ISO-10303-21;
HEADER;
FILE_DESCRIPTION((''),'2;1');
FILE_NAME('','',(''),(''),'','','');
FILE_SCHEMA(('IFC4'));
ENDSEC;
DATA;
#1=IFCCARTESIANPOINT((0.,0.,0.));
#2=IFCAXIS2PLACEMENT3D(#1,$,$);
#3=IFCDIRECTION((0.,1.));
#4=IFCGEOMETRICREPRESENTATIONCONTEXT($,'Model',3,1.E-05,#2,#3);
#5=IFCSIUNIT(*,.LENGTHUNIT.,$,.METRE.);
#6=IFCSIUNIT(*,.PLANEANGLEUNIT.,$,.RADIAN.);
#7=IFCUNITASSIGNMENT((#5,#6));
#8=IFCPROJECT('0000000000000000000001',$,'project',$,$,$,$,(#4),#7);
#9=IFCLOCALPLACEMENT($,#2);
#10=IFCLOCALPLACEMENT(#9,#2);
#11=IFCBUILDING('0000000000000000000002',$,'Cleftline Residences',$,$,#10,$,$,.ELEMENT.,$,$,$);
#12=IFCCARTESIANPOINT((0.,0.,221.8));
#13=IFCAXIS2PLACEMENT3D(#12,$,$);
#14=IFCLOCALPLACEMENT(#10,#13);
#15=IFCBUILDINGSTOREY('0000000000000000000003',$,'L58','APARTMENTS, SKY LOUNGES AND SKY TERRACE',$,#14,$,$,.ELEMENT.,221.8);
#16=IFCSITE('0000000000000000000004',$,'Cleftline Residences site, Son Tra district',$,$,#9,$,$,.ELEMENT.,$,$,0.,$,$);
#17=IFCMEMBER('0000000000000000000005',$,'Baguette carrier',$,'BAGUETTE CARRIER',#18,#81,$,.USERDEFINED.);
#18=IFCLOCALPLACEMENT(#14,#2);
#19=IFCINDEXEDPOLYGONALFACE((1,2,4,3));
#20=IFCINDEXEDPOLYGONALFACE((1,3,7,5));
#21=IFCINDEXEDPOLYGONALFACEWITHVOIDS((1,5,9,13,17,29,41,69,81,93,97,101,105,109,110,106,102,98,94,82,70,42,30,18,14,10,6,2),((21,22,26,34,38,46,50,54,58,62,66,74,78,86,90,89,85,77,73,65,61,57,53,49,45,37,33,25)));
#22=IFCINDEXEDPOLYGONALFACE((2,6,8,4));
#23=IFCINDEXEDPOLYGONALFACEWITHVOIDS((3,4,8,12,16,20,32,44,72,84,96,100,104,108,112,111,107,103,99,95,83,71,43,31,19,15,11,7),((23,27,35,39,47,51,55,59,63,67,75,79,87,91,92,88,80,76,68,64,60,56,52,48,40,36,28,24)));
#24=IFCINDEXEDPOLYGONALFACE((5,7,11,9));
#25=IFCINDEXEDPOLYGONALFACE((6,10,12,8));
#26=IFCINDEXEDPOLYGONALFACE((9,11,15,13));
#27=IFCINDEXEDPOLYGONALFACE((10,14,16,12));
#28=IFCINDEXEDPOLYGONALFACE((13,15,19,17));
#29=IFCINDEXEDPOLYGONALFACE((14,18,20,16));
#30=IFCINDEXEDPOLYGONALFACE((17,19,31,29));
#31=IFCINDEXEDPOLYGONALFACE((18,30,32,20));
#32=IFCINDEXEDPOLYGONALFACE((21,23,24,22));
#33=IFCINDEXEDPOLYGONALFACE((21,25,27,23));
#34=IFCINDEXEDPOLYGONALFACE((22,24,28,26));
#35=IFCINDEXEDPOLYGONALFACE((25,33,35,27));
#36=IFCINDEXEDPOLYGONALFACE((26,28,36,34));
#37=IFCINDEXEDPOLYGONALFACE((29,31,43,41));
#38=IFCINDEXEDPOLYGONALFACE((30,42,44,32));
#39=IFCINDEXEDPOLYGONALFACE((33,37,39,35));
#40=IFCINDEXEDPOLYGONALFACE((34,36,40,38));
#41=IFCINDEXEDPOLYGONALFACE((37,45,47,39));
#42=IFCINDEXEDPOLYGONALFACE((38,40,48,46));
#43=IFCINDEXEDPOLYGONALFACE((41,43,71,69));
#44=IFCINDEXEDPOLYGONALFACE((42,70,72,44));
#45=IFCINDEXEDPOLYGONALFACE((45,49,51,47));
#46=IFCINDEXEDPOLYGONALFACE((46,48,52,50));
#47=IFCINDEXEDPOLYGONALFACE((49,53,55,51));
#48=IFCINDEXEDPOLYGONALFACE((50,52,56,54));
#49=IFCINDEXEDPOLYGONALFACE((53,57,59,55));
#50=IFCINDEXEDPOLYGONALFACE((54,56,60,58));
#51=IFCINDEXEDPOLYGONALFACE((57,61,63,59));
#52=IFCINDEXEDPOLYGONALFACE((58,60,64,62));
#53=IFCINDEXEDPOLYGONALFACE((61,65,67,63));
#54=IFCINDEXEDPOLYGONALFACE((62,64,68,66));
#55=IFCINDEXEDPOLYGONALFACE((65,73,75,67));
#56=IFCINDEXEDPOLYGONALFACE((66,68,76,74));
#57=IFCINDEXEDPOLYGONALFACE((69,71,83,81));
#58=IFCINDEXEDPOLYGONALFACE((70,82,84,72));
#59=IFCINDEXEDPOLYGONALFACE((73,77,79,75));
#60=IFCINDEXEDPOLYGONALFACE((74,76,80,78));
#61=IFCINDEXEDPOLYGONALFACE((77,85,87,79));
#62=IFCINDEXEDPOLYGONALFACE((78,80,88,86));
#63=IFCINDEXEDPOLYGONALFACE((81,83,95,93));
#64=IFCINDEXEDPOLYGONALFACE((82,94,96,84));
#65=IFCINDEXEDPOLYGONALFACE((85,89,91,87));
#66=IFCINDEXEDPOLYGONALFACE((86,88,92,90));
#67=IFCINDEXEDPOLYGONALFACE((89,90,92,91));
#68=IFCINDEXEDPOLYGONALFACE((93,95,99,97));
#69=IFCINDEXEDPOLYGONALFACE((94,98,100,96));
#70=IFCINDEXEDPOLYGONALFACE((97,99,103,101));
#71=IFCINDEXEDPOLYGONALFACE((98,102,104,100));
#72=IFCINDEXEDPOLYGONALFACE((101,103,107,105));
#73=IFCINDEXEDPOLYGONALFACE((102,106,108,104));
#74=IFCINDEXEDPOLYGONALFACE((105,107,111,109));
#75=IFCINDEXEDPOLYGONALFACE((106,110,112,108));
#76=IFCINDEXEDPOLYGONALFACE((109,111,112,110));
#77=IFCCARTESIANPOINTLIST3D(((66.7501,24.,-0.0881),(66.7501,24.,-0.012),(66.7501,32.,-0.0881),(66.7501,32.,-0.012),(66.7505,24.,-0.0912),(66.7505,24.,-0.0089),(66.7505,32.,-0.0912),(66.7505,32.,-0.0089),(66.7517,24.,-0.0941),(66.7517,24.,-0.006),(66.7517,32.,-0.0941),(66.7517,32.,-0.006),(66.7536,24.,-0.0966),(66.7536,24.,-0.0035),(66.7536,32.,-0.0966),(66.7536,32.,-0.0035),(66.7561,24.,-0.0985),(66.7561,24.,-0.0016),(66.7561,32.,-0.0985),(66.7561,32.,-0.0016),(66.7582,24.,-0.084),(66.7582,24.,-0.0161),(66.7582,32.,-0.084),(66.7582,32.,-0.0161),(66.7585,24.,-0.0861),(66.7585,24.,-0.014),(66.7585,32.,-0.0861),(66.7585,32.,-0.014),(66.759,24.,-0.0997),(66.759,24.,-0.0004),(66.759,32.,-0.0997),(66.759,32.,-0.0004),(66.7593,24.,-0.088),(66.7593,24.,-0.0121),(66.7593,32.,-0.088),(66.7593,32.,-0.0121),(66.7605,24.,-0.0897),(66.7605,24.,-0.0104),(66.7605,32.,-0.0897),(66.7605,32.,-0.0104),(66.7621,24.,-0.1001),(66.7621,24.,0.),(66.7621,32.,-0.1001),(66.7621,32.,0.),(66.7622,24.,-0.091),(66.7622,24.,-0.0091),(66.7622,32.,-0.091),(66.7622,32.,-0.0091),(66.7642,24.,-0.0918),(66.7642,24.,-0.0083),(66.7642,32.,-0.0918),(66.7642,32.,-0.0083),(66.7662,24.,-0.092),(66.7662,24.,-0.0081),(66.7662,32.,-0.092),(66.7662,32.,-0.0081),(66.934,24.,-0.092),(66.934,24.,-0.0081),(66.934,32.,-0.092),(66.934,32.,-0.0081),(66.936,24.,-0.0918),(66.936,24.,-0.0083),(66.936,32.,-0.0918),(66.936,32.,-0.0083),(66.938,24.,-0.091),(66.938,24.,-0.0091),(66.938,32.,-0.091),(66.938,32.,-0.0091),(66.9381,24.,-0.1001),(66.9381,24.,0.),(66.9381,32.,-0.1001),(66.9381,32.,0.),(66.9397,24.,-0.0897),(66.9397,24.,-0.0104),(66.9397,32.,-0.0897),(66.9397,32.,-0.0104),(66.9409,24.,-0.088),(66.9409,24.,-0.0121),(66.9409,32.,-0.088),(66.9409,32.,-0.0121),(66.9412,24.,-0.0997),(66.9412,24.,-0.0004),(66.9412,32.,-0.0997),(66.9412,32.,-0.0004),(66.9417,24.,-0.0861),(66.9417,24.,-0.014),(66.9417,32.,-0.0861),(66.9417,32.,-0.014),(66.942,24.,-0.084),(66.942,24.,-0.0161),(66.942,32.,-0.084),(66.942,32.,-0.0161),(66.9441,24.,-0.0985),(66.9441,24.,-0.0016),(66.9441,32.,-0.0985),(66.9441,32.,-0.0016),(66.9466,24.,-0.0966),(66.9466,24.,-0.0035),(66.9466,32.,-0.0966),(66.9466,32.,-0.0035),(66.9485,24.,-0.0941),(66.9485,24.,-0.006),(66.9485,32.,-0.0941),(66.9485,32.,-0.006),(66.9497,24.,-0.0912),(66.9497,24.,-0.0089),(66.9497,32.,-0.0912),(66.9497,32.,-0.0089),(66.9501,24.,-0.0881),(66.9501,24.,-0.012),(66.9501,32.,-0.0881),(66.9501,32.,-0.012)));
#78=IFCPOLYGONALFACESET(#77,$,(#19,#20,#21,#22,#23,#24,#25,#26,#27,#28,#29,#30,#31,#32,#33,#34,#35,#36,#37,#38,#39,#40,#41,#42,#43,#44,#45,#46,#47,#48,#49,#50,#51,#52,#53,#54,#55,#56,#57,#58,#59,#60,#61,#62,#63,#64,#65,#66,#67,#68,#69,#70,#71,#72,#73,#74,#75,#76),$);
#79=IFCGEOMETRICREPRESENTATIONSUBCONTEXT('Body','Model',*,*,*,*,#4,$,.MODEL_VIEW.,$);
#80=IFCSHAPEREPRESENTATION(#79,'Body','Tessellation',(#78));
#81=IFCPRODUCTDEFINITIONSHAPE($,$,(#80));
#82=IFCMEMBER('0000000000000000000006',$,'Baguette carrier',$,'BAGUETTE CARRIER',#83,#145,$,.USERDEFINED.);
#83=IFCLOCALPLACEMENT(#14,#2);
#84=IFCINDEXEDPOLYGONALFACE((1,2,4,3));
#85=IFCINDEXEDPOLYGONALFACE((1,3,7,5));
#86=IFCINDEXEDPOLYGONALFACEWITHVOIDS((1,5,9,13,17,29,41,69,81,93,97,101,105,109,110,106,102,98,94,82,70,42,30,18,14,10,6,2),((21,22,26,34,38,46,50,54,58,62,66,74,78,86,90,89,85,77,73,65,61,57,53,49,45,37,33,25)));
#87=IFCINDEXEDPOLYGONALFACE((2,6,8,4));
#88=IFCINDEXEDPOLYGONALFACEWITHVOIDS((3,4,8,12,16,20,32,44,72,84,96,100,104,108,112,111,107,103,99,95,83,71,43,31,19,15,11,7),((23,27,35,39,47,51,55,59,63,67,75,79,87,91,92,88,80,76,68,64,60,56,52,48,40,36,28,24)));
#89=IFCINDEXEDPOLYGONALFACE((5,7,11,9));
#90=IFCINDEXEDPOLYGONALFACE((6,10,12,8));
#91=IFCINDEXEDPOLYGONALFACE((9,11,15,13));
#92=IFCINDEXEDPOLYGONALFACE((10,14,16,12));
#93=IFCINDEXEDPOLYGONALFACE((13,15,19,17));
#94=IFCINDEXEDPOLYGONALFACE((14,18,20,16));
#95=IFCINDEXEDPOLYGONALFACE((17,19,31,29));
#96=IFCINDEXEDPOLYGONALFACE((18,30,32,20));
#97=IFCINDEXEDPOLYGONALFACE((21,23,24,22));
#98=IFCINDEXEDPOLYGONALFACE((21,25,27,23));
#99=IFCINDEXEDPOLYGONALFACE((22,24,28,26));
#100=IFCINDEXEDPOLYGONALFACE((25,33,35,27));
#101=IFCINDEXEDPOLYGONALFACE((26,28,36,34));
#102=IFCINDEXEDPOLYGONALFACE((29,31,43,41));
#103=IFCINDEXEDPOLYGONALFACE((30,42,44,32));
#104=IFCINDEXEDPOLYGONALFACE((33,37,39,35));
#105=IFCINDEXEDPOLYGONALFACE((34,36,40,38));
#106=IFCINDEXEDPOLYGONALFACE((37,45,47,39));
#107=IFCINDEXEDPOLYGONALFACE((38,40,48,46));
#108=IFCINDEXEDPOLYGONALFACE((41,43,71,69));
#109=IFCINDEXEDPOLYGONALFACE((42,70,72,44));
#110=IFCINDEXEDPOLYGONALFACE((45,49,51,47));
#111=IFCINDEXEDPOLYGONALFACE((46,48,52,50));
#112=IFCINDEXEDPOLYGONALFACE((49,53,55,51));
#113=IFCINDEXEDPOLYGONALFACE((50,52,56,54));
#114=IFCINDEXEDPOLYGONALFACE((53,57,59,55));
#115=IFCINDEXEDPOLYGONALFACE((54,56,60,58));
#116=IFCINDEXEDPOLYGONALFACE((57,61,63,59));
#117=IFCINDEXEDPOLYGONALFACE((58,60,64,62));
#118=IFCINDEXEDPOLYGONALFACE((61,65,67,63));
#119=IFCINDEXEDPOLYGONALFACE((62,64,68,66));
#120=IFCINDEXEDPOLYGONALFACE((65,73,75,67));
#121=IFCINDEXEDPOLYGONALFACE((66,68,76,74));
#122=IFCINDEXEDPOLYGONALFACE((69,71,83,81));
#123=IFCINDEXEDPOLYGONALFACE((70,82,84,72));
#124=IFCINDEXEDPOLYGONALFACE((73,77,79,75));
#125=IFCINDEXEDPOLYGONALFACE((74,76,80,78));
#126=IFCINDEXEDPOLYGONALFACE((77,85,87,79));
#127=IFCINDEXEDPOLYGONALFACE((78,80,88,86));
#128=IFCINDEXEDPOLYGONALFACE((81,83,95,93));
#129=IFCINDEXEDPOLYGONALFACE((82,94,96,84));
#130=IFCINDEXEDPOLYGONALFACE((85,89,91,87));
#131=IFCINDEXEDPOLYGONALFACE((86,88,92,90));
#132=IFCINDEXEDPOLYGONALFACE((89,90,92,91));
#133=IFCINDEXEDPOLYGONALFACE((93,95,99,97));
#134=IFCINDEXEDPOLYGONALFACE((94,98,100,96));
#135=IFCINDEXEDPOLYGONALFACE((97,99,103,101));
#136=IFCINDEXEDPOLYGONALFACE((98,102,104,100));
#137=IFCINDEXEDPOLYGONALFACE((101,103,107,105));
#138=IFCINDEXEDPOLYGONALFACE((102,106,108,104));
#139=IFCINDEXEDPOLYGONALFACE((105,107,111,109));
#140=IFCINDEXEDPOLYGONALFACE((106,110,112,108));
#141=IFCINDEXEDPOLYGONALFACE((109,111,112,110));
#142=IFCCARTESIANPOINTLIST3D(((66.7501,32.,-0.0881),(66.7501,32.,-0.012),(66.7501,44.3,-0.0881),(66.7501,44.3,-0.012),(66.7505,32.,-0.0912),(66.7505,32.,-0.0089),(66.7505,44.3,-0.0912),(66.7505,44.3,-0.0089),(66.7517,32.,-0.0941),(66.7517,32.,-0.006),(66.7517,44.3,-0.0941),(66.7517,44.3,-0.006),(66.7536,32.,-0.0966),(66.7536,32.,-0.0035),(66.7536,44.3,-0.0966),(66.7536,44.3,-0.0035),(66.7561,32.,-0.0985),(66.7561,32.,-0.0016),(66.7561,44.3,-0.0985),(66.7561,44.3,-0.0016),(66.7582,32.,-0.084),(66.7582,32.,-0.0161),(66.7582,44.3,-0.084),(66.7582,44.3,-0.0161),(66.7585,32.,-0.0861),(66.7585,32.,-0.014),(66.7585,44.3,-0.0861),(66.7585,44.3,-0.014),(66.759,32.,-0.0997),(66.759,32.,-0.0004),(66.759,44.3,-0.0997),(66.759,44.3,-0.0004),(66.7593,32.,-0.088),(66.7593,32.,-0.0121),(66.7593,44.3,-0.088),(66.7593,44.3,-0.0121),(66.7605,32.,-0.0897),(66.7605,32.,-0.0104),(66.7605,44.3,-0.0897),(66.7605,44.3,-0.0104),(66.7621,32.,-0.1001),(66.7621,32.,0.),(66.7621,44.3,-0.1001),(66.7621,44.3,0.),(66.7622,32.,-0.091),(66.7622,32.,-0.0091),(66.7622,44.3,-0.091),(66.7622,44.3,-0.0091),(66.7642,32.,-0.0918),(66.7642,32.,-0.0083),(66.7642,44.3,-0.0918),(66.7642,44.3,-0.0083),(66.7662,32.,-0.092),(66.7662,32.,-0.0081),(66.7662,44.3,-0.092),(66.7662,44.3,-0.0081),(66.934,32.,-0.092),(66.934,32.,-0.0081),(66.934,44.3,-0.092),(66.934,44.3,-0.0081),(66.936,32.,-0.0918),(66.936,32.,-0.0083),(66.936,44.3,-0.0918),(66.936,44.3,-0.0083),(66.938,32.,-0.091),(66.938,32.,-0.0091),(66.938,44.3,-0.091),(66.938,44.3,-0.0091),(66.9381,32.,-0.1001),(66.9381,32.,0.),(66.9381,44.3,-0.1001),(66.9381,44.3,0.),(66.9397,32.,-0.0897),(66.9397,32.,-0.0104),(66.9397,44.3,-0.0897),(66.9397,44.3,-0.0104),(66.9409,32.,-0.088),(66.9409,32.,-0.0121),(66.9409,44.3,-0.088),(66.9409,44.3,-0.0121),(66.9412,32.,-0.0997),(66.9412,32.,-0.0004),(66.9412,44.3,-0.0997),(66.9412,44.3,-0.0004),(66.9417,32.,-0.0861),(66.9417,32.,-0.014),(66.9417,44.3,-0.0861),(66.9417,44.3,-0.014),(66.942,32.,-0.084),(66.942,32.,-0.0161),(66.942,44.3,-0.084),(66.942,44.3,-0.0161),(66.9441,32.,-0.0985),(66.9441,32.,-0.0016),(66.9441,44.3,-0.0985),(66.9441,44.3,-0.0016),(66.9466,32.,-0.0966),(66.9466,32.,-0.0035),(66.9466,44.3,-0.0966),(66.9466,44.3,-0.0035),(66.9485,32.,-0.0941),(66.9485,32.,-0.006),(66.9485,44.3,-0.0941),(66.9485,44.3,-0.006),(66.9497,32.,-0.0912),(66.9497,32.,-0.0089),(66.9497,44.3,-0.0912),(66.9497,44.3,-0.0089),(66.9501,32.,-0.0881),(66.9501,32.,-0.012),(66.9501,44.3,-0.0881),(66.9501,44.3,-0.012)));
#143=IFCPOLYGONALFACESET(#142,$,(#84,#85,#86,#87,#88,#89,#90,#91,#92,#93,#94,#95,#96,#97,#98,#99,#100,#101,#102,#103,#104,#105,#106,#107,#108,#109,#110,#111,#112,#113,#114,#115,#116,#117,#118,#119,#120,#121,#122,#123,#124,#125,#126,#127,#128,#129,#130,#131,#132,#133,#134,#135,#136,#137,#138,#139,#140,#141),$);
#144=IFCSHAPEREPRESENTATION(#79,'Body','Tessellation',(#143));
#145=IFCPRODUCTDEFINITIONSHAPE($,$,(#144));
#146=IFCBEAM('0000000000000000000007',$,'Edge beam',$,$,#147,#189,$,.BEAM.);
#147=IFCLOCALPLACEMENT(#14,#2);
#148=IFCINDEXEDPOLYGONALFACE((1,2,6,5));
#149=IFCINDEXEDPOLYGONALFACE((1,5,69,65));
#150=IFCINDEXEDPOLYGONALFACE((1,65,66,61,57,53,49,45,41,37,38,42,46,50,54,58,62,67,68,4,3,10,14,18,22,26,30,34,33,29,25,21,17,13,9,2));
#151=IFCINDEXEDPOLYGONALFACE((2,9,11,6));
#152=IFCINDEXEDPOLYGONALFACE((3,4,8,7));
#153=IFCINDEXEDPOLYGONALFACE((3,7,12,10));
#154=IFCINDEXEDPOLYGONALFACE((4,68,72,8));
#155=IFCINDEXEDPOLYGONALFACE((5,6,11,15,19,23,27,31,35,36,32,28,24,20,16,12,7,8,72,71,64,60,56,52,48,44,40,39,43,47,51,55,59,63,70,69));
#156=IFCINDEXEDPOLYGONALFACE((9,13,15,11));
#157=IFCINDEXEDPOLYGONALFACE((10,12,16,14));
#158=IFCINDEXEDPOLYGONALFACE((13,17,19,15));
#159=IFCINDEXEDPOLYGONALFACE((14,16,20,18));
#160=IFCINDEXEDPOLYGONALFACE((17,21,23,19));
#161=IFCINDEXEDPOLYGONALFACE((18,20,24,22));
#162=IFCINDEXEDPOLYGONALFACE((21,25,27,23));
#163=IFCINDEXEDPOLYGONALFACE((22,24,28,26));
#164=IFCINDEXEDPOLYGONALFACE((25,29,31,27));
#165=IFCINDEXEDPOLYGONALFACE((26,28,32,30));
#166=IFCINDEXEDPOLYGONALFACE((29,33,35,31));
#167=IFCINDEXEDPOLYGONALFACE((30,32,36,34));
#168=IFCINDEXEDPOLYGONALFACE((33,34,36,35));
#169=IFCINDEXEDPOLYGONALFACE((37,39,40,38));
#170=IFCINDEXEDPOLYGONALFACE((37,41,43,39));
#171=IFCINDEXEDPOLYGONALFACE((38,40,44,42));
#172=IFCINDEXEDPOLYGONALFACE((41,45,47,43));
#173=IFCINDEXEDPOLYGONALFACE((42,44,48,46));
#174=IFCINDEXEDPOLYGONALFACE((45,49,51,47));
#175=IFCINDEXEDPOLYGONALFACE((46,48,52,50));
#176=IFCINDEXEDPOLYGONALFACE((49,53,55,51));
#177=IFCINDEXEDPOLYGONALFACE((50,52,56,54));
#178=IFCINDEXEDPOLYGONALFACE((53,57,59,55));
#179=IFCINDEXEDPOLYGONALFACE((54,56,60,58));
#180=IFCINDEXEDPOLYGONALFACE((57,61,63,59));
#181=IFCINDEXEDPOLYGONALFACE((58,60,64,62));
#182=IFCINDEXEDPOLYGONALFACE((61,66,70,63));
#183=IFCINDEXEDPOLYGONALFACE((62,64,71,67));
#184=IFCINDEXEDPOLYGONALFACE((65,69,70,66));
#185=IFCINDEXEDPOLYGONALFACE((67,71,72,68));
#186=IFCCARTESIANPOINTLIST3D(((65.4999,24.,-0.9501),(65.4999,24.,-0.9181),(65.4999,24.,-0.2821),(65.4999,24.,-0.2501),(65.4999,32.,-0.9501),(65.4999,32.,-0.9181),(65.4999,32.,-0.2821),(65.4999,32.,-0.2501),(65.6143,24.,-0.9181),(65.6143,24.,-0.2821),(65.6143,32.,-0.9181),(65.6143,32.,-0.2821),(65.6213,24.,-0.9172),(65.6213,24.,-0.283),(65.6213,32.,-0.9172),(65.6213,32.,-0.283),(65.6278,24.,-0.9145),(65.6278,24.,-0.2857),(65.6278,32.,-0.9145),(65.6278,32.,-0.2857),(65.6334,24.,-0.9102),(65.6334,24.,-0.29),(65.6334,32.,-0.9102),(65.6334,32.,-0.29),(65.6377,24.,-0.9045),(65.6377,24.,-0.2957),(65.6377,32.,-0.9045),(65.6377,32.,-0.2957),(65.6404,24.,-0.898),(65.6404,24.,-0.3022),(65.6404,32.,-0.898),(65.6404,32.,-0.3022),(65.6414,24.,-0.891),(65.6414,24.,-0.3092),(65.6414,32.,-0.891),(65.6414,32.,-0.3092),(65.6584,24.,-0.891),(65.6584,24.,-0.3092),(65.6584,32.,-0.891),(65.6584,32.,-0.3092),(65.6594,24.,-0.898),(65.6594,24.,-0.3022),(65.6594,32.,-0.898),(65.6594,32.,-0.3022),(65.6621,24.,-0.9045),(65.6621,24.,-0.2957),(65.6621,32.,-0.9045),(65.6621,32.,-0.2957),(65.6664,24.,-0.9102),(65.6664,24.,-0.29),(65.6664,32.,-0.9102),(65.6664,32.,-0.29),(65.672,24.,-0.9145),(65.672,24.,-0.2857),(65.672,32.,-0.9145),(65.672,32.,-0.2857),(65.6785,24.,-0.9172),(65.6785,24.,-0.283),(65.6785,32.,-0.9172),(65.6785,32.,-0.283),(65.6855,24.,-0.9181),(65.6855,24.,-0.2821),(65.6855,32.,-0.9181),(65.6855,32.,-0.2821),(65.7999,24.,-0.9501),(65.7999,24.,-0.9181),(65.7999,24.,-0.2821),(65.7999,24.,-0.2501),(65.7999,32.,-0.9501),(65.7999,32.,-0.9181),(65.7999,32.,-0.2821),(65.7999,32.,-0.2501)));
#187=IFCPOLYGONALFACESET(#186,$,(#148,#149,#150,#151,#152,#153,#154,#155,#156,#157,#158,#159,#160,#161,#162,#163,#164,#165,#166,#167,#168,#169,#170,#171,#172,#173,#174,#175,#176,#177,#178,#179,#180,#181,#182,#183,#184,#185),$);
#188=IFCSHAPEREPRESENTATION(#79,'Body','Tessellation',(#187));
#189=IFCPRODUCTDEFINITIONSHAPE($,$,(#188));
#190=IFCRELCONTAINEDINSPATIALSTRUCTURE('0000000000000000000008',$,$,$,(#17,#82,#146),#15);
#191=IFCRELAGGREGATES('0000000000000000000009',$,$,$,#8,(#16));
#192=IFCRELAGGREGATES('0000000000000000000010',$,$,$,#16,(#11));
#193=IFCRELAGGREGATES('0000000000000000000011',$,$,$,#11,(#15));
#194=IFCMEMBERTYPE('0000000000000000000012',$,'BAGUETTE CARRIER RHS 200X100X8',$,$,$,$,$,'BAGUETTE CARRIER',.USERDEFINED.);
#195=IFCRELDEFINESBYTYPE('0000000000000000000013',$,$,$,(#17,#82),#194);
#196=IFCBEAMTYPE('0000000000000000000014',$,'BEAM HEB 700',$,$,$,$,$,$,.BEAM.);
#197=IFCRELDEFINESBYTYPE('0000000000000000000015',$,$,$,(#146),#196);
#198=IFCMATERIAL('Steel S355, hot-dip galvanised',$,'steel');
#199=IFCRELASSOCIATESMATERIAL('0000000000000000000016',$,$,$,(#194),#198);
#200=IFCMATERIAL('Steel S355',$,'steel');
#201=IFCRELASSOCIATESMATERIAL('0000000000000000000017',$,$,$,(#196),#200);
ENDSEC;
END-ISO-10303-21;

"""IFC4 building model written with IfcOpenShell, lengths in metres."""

from ifc_helpers import new_model, si_unit, direction, frame, origin, origin_2d, place, context, subcontext, project, spatial, hollow_rectangle, i_section, extrude, material, material_profile, profile_set, type_object, element, save


model = new_model("IFC4")

# Units and contexts
model_context = context("Model", 3, precision=1e-05, world=origin(), true_north=direction((0.0, 1.0)))
body_context = subcontext(model_context, "Body", "Model", "MODEL_VIEW")
ifc_project = project(units=[si_unit("LENGTHUNIT", "METRE"), si_unit("PLANEANGLEUNIT", "RADIAN")], contexts=[model_context])

# Site, building, storey
site_placement = place(None, origin())
site = spatial("IfcSite", under=ifc_project, at=site_placement, Name="Cleftline Residences site, Son Tra district", CompositionType="ELEMENT", RefElevation=0.0)
building_placement = place(site_placement, origin())
building = spatial("IfcBuilding", under=site, at=building_placement, Name="Cleftline Residences", CompositionType="ELEMENT")
storey_placement = place(building_placement, frame((0.0, 0.0, 221.8)))
storey = spatial("IfcBuildingStorey", under=building, at=storey_placement, Name="L58", Description="APARTMENTS, SKY LOUNGES AND SKY TERRACE", CompositionType="ELEMENT", Elevation=221.8)

# Members
ifc_material_1 = material(Name="Steel S355, hot-dip galvanised", Category="steel")
ifc_material_profile_1 = material_profile(ifc_material_1, hollow_rectangle(XDim=0.1001, YDim=0.2, WallThickness=0.0081, InnerFilletRadius=0.0081, OuterFilletRadius=0.012, at=origin_2d()))
ifc_profile_set_1 = profile_set([ifc_material_profile_1], Name="Steel S355, hot-dip galvanised")
member_type_1 = type_object("IfcMemberType", Name="BAGUETTE CARRIER RHS 200X100X8", ElementType="BAGUETTE CARRIER", PredefinedType="USERDEFINED", material=ifc_profile_set_1)
member_1_placement = place(storey_placement, frame((66.8501, 24.0, -0.05), z_axis=(0.0, 1.0, 0.0), x_axis=(0.0, 0.0, 1.0)))
element("IfcMember", 1, at=member_1_placement, inside=storey, type_object=member_type_1, Name="Baguette carrier", ObjectType="BAGUETTE CARRIER", PredefinedType="USERDEFINED", context=body_context, shape_type="SweptSolid", body=[
    extrude(hollow_rectangle(XDim=0.1001, YDim=0.2, WallThickness=0.0081, InnerFilletRadius=0.0081, OuterFilletRadius=0.012, at=origin_2d()), origin(), (0.0, 0.0, 1.0), 8.0),
])
member_2_placement = place(storey_placement, frame((66.8501, 32.0, -0.05), z_axis=(0.0, 1.0, 0.0), x_axis=(0.0, 0.0, 1.0)))
element("IfcMember", 2, at=member_2_placement, inside=storey, type_object=member_type_1, Name="Baguette carrier", ObjectType="BAGUETTE CARRIER", PredefinedType="USERDEFINED", context=body_context, shape_type="SweptSolid", body=[
    extrude(hollow_rectangle(XDim=0.1001, YDim=0.2, WallThickness=0.0081, InnerFilletRadius=0.0081, OuterFilletRadius=0.012, at=origin_2d()), origin(), (0.0, 0.0, 1.0), 12.3),
])

# Beam
ifc_material_2 = material(Name="Steel S355", Category="steel")
ifc_material_profile_2 = material_profile(ifc_material_2, i_section(OverallWidth=0.3, OverallDepth=0.7, WebThickness=0.0171, FlangeThickness=0.032, FilletRadius=0.0271, at=origin_2d()))
ifc_profile_set_2 = profile_set([ifc_material_profile_2], Name="Steel S355")
beam_type_1 = type_object("IfcBeamType", Name="BEAM HEB 700", PredefinedType="BEAM", material=ifc_profile_set_2)
for number, where, z_axis, x_axis, name in (
    (3, (65.6499, 24.0, -0.6001), (0.0, 1.0, 0.0), (-1.0, 0.0, 0.0), "Edge beam"),
):
    element("IfcBeam", number, at=place(storey_placement, frame(where, z_axis=z_axis, x_axis=x_axis)), inside=storey, type_object=beam_type_1, Name=name, PredefinedType="BEAM", context=body_context, shape_type="SweptSolid", body=[
        extrude(i_section(OverallWidth=0.3, OverallDepth=0.7, WebThickness=0.0171, FlangeThickness=0.032, FilletRadius=0.0271, at=origin_2d()), origin(), (0.0, 0.0, 1.0), 8.0),
    ])

save(model, "model.ifc")
